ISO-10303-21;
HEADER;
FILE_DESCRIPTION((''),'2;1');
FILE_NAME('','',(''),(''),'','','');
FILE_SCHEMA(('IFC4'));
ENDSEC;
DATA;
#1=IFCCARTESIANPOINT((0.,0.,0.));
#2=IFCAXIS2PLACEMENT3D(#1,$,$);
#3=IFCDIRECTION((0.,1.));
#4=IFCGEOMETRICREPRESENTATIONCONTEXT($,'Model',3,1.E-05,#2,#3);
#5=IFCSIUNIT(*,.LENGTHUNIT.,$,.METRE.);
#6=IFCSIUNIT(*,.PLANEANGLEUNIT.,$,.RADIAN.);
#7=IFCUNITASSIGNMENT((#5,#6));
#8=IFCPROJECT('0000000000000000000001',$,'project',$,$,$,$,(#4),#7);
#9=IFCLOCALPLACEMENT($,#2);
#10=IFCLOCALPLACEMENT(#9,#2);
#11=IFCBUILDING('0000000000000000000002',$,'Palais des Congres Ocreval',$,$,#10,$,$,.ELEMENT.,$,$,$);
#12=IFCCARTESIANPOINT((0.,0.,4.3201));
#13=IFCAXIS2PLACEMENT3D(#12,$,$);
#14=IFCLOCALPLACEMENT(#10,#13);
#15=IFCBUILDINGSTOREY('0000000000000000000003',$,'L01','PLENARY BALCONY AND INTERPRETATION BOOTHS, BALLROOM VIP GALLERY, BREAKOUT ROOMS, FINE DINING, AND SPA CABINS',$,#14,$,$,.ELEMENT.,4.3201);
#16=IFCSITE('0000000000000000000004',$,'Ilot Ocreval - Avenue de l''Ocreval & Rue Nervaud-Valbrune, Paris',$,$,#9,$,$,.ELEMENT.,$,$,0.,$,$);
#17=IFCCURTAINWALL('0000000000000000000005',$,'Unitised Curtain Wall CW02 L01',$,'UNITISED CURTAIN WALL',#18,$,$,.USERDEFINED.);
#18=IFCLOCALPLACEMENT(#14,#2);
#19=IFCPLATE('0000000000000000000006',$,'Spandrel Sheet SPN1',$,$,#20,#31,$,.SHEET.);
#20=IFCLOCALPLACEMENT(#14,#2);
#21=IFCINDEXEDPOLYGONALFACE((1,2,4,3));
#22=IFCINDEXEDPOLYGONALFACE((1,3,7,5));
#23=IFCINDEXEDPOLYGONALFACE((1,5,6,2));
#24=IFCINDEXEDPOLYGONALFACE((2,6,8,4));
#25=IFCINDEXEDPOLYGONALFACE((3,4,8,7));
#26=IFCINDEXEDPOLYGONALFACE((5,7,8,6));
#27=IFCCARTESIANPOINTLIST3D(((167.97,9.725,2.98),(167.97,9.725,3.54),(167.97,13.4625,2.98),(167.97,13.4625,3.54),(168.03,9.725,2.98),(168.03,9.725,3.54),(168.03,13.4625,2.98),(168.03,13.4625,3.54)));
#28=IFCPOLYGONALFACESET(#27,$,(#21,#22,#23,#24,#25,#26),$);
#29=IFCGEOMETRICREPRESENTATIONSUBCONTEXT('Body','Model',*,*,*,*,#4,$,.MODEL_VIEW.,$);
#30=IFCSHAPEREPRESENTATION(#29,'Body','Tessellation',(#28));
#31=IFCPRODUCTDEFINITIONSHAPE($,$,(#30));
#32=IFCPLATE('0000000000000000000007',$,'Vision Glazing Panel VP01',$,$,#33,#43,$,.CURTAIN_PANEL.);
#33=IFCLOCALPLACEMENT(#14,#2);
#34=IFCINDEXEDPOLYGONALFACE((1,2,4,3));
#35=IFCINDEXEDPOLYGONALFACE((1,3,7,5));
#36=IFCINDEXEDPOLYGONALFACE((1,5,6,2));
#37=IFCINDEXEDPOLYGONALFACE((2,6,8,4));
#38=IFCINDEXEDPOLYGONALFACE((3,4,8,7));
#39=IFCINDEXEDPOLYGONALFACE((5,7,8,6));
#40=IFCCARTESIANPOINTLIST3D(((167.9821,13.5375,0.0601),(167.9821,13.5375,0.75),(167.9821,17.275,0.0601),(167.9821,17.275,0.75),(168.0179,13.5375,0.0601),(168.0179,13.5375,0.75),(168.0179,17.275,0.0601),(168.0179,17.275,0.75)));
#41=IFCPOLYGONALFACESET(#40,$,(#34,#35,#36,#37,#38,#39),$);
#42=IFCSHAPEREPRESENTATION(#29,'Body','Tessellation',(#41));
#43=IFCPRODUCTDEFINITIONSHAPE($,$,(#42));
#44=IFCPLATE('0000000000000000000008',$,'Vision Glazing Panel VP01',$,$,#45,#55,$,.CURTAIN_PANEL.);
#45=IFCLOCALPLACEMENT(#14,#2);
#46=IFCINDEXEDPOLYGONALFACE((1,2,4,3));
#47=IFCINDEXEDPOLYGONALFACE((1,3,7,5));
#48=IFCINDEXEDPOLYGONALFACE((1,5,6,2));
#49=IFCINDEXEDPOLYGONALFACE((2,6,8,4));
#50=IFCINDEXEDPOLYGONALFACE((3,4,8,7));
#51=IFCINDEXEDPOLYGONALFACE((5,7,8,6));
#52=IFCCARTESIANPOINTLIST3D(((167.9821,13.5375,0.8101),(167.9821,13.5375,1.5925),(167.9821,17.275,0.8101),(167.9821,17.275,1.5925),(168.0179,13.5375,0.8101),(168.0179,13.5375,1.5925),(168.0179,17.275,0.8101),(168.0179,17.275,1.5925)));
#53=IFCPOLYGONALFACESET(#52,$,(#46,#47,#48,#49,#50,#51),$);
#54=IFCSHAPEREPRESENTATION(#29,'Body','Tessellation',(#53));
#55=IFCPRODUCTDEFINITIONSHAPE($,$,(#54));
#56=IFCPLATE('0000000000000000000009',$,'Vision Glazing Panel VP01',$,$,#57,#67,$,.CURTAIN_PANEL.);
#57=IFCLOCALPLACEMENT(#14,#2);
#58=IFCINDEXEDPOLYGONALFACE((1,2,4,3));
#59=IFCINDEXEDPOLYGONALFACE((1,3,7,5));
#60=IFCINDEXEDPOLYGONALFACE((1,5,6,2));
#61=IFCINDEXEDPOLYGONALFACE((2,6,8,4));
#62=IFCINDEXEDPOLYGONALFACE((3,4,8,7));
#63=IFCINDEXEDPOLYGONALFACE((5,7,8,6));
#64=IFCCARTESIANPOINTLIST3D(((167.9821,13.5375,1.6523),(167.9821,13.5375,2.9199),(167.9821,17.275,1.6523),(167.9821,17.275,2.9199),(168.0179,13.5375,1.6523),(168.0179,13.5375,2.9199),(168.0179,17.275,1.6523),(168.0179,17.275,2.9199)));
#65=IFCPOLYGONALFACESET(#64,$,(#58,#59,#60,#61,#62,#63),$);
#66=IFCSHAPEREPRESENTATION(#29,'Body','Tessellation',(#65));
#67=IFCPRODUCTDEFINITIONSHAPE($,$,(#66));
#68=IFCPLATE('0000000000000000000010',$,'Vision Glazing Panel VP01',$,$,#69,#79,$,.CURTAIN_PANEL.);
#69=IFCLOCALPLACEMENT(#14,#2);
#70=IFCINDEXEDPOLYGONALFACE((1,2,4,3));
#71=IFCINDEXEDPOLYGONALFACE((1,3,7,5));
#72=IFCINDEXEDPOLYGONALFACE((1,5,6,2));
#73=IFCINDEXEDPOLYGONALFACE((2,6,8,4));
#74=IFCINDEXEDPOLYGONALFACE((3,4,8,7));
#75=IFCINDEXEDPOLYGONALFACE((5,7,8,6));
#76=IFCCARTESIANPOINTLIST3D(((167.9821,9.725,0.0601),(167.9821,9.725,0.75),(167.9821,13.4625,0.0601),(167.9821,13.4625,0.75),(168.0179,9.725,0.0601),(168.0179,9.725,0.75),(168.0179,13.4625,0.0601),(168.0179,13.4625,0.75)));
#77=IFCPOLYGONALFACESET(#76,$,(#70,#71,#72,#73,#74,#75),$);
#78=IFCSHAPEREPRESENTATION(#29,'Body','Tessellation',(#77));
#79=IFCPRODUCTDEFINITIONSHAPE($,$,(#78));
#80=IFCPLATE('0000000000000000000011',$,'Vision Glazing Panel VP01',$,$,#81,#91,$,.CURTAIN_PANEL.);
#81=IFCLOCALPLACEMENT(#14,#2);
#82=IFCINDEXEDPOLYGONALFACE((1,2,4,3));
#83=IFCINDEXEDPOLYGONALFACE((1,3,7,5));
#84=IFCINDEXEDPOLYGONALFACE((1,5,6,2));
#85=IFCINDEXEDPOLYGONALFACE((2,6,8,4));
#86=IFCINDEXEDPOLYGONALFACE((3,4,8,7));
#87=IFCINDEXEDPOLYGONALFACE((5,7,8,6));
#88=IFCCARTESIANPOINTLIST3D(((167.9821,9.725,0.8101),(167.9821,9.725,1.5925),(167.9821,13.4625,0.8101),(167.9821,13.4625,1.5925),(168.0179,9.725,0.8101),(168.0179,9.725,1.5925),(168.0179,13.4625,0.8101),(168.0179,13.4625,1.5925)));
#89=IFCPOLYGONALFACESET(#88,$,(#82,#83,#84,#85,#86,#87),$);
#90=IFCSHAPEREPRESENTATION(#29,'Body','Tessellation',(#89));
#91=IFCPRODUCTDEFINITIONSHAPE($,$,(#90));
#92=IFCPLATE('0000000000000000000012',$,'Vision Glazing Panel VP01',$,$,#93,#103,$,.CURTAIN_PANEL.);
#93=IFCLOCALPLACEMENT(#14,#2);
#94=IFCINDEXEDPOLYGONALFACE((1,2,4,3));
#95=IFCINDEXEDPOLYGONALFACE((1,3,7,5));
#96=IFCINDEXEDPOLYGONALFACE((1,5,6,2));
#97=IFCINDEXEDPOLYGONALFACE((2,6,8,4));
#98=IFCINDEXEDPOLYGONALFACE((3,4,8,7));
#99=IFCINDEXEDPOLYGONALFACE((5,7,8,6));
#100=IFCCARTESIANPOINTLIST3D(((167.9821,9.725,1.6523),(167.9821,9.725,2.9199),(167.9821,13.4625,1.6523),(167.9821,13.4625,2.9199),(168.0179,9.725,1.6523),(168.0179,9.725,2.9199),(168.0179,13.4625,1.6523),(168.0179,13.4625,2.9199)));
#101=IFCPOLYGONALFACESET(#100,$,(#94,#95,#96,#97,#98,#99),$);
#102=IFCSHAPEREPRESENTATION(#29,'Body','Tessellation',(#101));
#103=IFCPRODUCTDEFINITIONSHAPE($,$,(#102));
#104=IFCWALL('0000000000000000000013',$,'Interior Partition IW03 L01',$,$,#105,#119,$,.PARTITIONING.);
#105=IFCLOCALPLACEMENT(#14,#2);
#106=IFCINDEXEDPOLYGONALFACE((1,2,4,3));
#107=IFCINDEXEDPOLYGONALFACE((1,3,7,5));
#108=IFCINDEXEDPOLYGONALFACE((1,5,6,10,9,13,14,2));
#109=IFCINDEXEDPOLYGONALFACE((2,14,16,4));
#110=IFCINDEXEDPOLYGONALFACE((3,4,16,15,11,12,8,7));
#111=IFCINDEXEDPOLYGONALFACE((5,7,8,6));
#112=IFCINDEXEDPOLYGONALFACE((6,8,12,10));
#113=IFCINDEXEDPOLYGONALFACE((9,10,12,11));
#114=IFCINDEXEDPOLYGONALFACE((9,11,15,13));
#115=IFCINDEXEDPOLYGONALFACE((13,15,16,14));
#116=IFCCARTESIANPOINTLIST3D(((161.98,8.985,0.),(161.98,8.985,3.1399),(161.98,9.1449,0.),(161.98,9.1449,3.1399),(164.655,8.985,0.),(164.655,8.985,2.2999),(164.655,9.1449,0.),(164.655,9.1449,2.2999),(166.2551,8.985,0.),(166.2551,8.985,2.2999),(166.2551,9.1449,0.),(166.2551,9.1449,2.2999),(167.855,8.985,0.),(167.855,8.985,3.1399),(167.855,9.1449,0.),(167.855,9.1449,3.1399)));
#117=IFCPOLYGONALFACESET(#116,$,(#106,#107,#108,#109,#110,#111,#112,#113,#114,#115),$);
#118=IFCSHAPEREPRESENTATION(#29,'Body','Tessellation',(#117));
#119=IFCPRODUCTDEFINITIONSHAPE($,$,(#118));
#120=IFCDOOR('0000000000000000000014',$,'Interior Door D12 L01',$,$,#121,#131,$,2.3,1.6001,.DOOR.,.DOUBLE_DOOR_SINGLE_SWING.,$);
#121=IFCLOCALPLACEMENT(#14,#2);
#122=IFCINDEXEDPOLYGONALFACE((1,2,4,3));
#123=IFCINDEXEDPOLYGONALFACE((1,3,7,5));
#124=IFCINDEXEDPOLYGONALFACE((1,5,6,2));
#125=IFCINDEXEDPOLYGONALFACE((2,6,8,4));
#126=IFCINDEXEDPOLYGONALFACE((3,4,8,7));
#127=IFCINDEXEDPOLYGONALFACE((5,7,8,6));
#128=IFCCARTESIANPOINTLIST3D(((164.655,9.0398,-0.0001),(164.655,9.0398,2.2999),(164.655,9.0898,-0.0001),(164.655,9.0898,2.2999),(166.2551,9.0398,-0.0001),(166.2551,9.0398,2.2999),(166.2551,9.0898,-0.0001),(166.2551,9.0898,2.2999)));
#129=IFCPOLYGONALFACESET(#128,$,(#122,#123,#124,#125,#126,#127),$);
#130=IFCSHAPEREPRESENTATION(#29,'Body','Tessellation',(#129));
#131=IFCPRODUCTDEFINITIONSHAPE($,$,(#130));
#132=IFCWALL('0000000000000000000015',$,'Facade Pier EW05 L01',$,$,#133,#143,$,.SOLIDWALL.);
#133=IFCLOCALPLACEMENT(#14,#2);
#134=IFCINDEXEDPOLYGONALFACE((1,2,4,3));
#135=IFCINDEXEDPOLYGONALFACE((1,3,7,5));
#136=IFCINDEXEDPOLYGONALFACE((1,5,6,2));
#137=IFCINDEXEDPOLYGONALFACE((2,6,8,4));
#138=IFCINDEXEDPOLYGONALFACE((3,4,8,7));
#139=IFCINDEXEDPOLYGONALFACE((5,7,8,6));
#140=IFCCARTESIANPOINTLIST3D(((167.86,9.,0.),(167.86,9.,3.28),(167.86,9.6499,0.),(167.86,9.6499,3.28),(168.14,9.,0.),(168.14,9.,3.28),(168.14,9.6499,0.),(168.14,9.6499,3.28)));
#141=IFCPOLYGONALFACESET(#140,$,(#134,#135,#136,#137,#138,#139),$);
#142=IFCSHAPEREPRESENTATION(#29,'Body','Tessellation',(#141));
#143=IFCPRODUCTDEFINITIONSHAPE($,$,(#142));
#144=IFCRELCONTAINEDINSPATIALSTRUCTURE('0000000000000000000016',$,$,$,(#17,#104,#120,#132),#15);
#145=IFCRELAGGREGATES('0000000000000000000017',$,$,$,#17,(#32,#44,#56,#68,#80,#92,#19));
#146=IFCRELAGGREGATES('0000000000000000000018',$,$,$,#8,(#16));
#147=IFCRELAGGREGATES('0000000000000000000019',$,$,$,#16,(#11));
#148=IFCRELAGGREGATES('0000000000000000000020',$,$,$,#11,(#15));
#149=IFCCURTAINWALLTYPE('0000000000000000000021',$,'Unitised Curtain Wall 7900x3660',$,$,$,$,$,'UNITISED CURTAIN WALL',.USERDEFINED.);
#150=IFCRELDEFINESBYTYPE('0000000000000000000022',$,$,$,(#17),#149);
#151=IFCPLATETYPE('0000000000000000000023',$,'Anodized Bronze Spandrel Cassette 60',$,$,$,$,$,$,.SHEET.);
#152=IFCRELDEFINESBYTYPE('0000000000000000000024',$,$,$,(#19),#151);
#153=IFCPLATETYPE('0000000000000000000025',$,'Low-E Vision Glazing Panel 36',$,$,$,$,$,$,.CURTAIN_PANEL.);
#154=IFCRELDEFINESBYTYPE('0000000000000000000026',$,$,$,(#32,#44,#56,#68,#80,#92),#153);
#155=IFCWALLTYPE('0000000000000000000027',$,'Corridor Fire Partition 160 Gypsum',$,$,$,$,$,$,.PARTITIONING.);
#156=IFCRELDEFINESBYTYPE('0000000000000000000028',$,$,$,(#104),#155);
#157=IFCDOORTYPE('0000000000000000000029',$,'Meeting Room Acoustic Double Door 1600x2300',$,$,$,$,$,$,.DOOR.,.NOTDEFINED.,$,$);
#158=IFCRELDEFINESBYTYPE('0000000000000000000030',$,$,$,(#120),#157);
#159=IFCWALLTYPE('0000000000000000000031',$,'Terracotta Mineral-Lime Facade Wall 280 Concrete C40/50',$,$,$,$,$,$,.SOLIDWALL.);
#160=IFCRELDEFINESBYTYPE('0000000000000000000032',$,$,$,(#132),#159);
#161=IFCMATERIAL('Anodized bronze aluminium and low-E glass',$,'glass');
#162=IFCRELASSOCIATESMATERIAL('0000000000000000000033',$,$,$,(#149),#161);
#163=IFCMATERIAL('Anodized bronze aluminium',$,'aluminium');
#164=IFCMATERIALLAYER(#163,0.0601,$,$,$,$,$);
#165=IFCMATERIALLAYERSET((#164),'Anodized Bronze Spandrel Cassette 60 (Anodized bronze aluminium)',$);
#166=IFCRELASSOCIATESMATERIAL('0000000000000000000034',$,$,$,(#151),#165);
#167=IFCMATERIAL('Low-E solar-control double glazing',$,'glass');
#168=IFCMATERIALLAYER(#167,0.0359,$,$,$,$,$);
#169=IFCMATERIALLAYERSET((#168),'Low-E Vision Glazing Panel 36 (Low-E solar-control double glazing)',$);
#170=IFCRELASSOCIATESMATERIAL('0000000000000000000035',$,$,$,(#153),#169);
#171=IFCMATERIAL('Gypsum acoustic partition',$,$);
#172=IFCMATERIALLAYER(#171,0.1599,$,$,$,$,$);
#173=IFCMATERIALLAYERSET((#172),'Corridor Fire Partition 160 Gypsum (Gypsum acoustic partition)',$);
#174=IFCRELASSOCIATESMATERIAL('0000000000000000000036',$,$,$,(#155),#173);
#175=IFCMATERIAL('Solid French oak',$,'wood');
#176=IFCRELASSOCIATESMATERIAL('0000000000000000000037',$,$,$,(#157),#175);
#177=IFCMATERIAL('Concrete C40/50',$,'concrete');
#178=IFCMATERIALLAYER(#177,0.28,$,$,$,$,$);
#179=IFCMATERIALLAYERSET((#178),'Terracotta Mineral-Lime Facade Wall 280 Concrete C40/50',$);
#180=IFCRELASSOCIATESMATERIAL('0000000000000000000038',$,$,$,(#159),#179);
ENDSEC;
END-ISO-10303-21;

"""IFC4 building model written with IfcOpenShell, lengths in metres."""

from ifc_helpers import new_model, si_unit, direction, frame, frame_2d, origin, origin_2d, place, context, subcontext, project, spatial, rectangle, extrude, material, layer, layer_set, type_object, element, fill, aggregate, save


model = new_model("IFC4")

# Units and contexts
model_context = context("Model", 3, precision=1e-05, world=origin(), true_north=direction((0.0, 1.0)))
body_context = subcontext(model_context, "Body", "Model", "MODEL_VIEW")
ifc_project = project(units=[si_unit("LENGTHUNIT", "METRE"), si_unit("PLANEANGLEUNIT", "RADIAN")], contexts=[model_context])

# Site, building, storey
site_placement = place(None, origin())
site = spatial("IfcSite", under=ifc_project, at=site_placement, Name="Ilot Ocreval - Avenue de l'Ocreval & Rue Nervaud-Valbrune, Paris", CompositionType="ELEMENT", RefElevation=0.0)
building_placement = place(site_placement, origin())
building = spatial("IfcBuilding", under=site, at=building_placement, Name="Palais des Congres Ocreval", CompositionType="ELEMENT")
storey_placement = place(building_placement, frame((0.0, 0.0, 4.3201)))
storey = spatial("IfcBuildingStorey", under=building, at=storey_placement, Name="L01", Description="PLENARY BALCONY AND INTERPRETATION BOOTHS, BALLROOM VIP GALLERY, BREAKOUT ROOMS, FINE DINING, AND SPA CABINS", CompositionType="ELEMENT", Elevation=4.3201)

# Curtain wall, plates
ifc_material_1 = material(Name="Anodized bronze aluminium and low-E glass", Category="glass")
curtain_wall_type = type_object("IfcCurtainWallType", Name="Unitised Curtain Wall 7900x3660", ElementType="UNITISED CURTAIN WALL", PredefinedType="USERDEFINED", material=ifc_material_1)
curtain_wall_placement = place(storey_placement, origin())
curtain_wall = element("IfcCurtainWall", 1, at=curtain_wall_placement, inside=storey, type_object=curtain_wall_type, Name="Unitised Curtain Wall CW02 L01", ObjectType="UNITISED CURTAIN WALL", PredefinedType="USERDEFINED")
ifc_material_2 = material(Name="Anodized bronze aluminium", Category="aluminium")
ifc_layer_1 = layer(ifc_material_2, 0.0601)
ifc_layer_set_1 = layer_set([ifc_layer_1], Name="Anodized Bronze Spandrel Cassette 60 (Anodized bronze aluminium)")
plate_type_1 = type_object("IfcPlateType", Name="Anodized Bronze Spandrel Cassette 60", PredefinedType="SHEET", material=ifc_layer_set_1)
plate_1_placement = place(storey_placement, frame((168.0, 11.5938, 2.98), z_axis=(0.0, 0.0, 1.0), x_axis=(0.0, -1.0, 0.0)))
plate_1 = element("IfcPlate", 2, at=plate_1_placement, type_object=plate_type_1, Name="Spandrel Sheet SPN1", PredefinedType="SHEET", context=body_context, shape_type="SweptSolid", body=[
    extrude(rectangle(XDim=3.7375, YDim=0.0601, at=origin_2d()), origin(), (0.0, 0.0, 1.0), 0.5601),
])
ifc_material_3 = material(Name="Low-E solar-control double glazing", Category="glass")
ifc_layer_2 = layer(ifc_material_3, 0.0359)
ifc_layer_set_2 = layer_set([ifc_layer_2], Name="Low-E Vision Glazing Panel 36 (Low-E solar-control double glazing)")
plate_type_2 = type_object("IfcPlateType", Name="Low-E Vision Glazing Panel 36", PredefinedType="CURTAIN_PANEL", material=ifc_layer_set_2)
plate_2_placement = place(storey_placement, frame((168.0, 15.4062, 0.0601), z_axis=(0.0, 0.0, 1.0), x_axis=(0.0, -1.0, 0.0)))
plate_2 = element("IfcPlate", 3, at=plate_2_placement, type_object=plate_type_2, Name="Vision Glazing Panel VP01", PredefinedType="CURTAIN_PANEL", context=body_context, shape_type="SweptSolid", body=[
    extrude(rectangle(XDim=3.7375, YDim=0.0359, at=origin_2d()), origin(), (0.0, 0.0, 1.0), 0.6899),
])
plate_3_placement = place(storey_placement, frame((168.0, 15.4062, 0.8101), z_axis=(0.0, 0.0, 1.0), x_axis=(0.0, -1.0, 0.0)))
plate_3 = element("IfcPlate", 4, at=plate_3_placement, type_object=plate_type_2, Name="Vision Glazing Panel VP01", PredefinedType="CURTAIN_PANEL", context=body_context, shape_type="SweptSolid", body=[
    extrude(rectangle(XDim=3.7375, YDim=0.0359, at=origin_2d()), origin(), (0.0, 0.0, 1.0), 0.7825),
])
plate_4_placement = place(storey_placement, frame((168.0, 15.4062, 1.6523), z_axis=(0.0, 0.0, 1.0), x_axis=(0.0, -1.0, 0.0)))
plate_4 = element("IfcPlate", 5, at=plate_4_placement, type_object=plate_type_2, Name="Vision Glazing Panel VP01", PredefinedType="CURTAIN_PANEL", context=body_context, shape_type="SweptSolid", body=[
    extrude(rectangle(XDim=3.7375, YDim=0.0359, at=origin_2d()), origin(), (0.0, 0.0, 1.0), 1.2676),
])
plate_5_placement = place(storey_placement, frame((168.0, 11.5938, 0.0601), z_axis=(0.0, 0.0, 1.0), x_axis=(0.0, -1.0, 0.0)))
plate_5 = element("IfcPlate", 6, at=plate_5_placement, type_object=plate_type_2, Name="Vision Glazing Panel VP01", PredefinedType="CURTAIN_PANEL", context=body_context, shape_type="SweptSolid", body=[
    extrude(rectangle(XDim=3.7375, YDim=0.0359, at=origin_2d()), origin(), (0.0, 0.0, 1.0), 0.6899),
])
plate_6_placement = place(storey_placement, frame((168.0, 11.5938, 0.8101), z_axis=(0.0, 0.0, 1.0), x_axis=(0.0, -1.0, 0.0)))
plate_6 = element("IfcPlate", 7, at=plate_6_placement, type_object=plate_type_2, Name="Vision Glazing Panel VP01", PredefinedType="CURTAIN_PANEL", context=body_context, shape_type="SweptSolid", body=[
    extrude(rectangle(XDim=3.7375, YDim=0.0359, at=origin_2d()), origin(), (0.0, 0.0, 1.0), 0.7825),
])
plate_7_placement = place(storey_placement, frame((168.0, 11.5938, 1.6523), z_axis=(0.0, 0.0, 1.0), x_axis=(0.0, -1.0, 0.0)))
plate_7 = element("IfcPlate", 8, at=plate_7_placement, type_object=plate_type_2, Name="Vision Glazing Panel VP01", PredefinedType="CURTAIN_PANEL", context=body_context, shape_type="SweptSolid", body=[
    extrude(rectangle(XDim=3.7375, YDim=0.0359, at=origin_2d()), origin(), (0.0, 0.0, 1.0), 1.2676),
])
aggregate(curtain_wall, [plate_2, plate_3, plate_4, plate_5, plate_6, plate_7, plate_1])

# Wall, opening, door
ifc_material_4 = material(Name="Gypsum acoustic partition")
ifc_layer_3 = layer(ifc_material_4, 0.1599)
ifc_layer_set_3 = layer_set([ifc_layer_3], Name="Corridor Fire Partition 160 Gypsum (Gypsum acoustic partition)")
wall_type_1 = type_object("IfcWallType", Name="Corridor Fire Partition 160 Gypsum", PredefinedType="PARTITIONING", material=ifc_layer_set_3)
wall_1_placement = place(storey_placement, frame((161.98, 9.0649, 0.0), z_axis=(0.0, 0.0, 1.0), x_axis=(1.0, 0.0, 0.0)))
wall_1 = element("IfcWall", 9, at=wall_1_placement, inside=storey, type_object=wall_type_1, Name="Interior Partition IW03 L01", PredefinedType="PARTITIONING", context=body_context, shape_type="SweptSolid", body=[
    extrude(rectangle(XDim=5.875, YDim=0.1599, at=frame_2d((2.9375, 0.0))), origin(), (0.0, 0.0, 1.0), 3.1399),
])
opening_placement = place(wall_1_placement, frame((2.675, 0.0, 0.0)))
opening = element("IfcOpeningElement", 10, at=opening_placement, cuts=wall_1, PredefinedType="OPENING", context=body_context, shape_type="SweptSolid", body=[
    extrude(rectangle(XDim=1.6001, YDim=2.3, at=frame_2d((0.8, 1.1499))), frame((0.0, 0.0898, 0.0), z_axis=(0.0, -1.0, 0.0), x_axis=(1.0, 0.0, 0.0)), (0.0, 0.0, 1.0), 0.1799),
])
ifc_material_5 = material(Name="Solid French oak", Category="wood")
door_type = type_object("IfcDoorType", Name="Meeting Room Acoustic Double Door 1600x2300", OperationType="NOTDEFINED", PredefinedType="DOOR", material=ifc_material_5)
door_placement = place(opening_placement, origin())
door = element("IfcDoor", 11, at=door_placement, inside=storey, type_object=door_type, Name="Interior Door D12 L01", OperationType="DOUBLE_DOOR_SINGLE_SWING", OverallHeight=2.3, OverallWidth=1.6001, PredefinedType="DOOR", context=body_context, shape_type="SweptSolid", body=[
    extrude(rectangle(XDim=1.6001, YDim=2.3, at=frame_2d((0.8, 1.1499))), frame((0.0, 0.0249, 0.0), z_axis=(0.0, -1.0, 0.0), x_axis=(1.0, 0.0, 0.0)), (0.0, 0.0, 1.0), 0.05),
])
fill(opening, door)

# Wall
ifc_material_6 = material(Name="Concrete C40/50", Category="concrete")
ifc_layer_4 = layer(ifc_material_6, 0.28)
ifc_layer_set_4 = layer_set([ifc_layer_4], Name="Terracotta Mineral-Lime Facade Wall 280 Concrete C40/50")
wall_type_2 = type_object("IfcWallType", Name="Terracotta Mineral-Lime Facade Wall 280 Concrete C40/50", PredefinedType="SOLIDWALL", material=ifc_layer_set_4)
wall_2_placement = place(storey_placement, frame((168.0, 9.6499, 0.0), z_axis=(0.0, 0.0, 1.0), x_axis=(0.0, -1.0, 0.0)))
element("IfcWall", 12, at=wall_2_placement, inside=storey, type_object=wall_type_2, Name="Facade Pier EW05 L01", PredefinedType="SOLIDWALL", context=body_context, shape_type="SweptSolid", body=[
    extrude(rectangle(XDim=0.6499, YDim=0.28, at=frame_2d((0.325, 0.0))), origin(), (0.0, 0.0, 1.0), 3.28),
])

save(model, "model.ifc")
